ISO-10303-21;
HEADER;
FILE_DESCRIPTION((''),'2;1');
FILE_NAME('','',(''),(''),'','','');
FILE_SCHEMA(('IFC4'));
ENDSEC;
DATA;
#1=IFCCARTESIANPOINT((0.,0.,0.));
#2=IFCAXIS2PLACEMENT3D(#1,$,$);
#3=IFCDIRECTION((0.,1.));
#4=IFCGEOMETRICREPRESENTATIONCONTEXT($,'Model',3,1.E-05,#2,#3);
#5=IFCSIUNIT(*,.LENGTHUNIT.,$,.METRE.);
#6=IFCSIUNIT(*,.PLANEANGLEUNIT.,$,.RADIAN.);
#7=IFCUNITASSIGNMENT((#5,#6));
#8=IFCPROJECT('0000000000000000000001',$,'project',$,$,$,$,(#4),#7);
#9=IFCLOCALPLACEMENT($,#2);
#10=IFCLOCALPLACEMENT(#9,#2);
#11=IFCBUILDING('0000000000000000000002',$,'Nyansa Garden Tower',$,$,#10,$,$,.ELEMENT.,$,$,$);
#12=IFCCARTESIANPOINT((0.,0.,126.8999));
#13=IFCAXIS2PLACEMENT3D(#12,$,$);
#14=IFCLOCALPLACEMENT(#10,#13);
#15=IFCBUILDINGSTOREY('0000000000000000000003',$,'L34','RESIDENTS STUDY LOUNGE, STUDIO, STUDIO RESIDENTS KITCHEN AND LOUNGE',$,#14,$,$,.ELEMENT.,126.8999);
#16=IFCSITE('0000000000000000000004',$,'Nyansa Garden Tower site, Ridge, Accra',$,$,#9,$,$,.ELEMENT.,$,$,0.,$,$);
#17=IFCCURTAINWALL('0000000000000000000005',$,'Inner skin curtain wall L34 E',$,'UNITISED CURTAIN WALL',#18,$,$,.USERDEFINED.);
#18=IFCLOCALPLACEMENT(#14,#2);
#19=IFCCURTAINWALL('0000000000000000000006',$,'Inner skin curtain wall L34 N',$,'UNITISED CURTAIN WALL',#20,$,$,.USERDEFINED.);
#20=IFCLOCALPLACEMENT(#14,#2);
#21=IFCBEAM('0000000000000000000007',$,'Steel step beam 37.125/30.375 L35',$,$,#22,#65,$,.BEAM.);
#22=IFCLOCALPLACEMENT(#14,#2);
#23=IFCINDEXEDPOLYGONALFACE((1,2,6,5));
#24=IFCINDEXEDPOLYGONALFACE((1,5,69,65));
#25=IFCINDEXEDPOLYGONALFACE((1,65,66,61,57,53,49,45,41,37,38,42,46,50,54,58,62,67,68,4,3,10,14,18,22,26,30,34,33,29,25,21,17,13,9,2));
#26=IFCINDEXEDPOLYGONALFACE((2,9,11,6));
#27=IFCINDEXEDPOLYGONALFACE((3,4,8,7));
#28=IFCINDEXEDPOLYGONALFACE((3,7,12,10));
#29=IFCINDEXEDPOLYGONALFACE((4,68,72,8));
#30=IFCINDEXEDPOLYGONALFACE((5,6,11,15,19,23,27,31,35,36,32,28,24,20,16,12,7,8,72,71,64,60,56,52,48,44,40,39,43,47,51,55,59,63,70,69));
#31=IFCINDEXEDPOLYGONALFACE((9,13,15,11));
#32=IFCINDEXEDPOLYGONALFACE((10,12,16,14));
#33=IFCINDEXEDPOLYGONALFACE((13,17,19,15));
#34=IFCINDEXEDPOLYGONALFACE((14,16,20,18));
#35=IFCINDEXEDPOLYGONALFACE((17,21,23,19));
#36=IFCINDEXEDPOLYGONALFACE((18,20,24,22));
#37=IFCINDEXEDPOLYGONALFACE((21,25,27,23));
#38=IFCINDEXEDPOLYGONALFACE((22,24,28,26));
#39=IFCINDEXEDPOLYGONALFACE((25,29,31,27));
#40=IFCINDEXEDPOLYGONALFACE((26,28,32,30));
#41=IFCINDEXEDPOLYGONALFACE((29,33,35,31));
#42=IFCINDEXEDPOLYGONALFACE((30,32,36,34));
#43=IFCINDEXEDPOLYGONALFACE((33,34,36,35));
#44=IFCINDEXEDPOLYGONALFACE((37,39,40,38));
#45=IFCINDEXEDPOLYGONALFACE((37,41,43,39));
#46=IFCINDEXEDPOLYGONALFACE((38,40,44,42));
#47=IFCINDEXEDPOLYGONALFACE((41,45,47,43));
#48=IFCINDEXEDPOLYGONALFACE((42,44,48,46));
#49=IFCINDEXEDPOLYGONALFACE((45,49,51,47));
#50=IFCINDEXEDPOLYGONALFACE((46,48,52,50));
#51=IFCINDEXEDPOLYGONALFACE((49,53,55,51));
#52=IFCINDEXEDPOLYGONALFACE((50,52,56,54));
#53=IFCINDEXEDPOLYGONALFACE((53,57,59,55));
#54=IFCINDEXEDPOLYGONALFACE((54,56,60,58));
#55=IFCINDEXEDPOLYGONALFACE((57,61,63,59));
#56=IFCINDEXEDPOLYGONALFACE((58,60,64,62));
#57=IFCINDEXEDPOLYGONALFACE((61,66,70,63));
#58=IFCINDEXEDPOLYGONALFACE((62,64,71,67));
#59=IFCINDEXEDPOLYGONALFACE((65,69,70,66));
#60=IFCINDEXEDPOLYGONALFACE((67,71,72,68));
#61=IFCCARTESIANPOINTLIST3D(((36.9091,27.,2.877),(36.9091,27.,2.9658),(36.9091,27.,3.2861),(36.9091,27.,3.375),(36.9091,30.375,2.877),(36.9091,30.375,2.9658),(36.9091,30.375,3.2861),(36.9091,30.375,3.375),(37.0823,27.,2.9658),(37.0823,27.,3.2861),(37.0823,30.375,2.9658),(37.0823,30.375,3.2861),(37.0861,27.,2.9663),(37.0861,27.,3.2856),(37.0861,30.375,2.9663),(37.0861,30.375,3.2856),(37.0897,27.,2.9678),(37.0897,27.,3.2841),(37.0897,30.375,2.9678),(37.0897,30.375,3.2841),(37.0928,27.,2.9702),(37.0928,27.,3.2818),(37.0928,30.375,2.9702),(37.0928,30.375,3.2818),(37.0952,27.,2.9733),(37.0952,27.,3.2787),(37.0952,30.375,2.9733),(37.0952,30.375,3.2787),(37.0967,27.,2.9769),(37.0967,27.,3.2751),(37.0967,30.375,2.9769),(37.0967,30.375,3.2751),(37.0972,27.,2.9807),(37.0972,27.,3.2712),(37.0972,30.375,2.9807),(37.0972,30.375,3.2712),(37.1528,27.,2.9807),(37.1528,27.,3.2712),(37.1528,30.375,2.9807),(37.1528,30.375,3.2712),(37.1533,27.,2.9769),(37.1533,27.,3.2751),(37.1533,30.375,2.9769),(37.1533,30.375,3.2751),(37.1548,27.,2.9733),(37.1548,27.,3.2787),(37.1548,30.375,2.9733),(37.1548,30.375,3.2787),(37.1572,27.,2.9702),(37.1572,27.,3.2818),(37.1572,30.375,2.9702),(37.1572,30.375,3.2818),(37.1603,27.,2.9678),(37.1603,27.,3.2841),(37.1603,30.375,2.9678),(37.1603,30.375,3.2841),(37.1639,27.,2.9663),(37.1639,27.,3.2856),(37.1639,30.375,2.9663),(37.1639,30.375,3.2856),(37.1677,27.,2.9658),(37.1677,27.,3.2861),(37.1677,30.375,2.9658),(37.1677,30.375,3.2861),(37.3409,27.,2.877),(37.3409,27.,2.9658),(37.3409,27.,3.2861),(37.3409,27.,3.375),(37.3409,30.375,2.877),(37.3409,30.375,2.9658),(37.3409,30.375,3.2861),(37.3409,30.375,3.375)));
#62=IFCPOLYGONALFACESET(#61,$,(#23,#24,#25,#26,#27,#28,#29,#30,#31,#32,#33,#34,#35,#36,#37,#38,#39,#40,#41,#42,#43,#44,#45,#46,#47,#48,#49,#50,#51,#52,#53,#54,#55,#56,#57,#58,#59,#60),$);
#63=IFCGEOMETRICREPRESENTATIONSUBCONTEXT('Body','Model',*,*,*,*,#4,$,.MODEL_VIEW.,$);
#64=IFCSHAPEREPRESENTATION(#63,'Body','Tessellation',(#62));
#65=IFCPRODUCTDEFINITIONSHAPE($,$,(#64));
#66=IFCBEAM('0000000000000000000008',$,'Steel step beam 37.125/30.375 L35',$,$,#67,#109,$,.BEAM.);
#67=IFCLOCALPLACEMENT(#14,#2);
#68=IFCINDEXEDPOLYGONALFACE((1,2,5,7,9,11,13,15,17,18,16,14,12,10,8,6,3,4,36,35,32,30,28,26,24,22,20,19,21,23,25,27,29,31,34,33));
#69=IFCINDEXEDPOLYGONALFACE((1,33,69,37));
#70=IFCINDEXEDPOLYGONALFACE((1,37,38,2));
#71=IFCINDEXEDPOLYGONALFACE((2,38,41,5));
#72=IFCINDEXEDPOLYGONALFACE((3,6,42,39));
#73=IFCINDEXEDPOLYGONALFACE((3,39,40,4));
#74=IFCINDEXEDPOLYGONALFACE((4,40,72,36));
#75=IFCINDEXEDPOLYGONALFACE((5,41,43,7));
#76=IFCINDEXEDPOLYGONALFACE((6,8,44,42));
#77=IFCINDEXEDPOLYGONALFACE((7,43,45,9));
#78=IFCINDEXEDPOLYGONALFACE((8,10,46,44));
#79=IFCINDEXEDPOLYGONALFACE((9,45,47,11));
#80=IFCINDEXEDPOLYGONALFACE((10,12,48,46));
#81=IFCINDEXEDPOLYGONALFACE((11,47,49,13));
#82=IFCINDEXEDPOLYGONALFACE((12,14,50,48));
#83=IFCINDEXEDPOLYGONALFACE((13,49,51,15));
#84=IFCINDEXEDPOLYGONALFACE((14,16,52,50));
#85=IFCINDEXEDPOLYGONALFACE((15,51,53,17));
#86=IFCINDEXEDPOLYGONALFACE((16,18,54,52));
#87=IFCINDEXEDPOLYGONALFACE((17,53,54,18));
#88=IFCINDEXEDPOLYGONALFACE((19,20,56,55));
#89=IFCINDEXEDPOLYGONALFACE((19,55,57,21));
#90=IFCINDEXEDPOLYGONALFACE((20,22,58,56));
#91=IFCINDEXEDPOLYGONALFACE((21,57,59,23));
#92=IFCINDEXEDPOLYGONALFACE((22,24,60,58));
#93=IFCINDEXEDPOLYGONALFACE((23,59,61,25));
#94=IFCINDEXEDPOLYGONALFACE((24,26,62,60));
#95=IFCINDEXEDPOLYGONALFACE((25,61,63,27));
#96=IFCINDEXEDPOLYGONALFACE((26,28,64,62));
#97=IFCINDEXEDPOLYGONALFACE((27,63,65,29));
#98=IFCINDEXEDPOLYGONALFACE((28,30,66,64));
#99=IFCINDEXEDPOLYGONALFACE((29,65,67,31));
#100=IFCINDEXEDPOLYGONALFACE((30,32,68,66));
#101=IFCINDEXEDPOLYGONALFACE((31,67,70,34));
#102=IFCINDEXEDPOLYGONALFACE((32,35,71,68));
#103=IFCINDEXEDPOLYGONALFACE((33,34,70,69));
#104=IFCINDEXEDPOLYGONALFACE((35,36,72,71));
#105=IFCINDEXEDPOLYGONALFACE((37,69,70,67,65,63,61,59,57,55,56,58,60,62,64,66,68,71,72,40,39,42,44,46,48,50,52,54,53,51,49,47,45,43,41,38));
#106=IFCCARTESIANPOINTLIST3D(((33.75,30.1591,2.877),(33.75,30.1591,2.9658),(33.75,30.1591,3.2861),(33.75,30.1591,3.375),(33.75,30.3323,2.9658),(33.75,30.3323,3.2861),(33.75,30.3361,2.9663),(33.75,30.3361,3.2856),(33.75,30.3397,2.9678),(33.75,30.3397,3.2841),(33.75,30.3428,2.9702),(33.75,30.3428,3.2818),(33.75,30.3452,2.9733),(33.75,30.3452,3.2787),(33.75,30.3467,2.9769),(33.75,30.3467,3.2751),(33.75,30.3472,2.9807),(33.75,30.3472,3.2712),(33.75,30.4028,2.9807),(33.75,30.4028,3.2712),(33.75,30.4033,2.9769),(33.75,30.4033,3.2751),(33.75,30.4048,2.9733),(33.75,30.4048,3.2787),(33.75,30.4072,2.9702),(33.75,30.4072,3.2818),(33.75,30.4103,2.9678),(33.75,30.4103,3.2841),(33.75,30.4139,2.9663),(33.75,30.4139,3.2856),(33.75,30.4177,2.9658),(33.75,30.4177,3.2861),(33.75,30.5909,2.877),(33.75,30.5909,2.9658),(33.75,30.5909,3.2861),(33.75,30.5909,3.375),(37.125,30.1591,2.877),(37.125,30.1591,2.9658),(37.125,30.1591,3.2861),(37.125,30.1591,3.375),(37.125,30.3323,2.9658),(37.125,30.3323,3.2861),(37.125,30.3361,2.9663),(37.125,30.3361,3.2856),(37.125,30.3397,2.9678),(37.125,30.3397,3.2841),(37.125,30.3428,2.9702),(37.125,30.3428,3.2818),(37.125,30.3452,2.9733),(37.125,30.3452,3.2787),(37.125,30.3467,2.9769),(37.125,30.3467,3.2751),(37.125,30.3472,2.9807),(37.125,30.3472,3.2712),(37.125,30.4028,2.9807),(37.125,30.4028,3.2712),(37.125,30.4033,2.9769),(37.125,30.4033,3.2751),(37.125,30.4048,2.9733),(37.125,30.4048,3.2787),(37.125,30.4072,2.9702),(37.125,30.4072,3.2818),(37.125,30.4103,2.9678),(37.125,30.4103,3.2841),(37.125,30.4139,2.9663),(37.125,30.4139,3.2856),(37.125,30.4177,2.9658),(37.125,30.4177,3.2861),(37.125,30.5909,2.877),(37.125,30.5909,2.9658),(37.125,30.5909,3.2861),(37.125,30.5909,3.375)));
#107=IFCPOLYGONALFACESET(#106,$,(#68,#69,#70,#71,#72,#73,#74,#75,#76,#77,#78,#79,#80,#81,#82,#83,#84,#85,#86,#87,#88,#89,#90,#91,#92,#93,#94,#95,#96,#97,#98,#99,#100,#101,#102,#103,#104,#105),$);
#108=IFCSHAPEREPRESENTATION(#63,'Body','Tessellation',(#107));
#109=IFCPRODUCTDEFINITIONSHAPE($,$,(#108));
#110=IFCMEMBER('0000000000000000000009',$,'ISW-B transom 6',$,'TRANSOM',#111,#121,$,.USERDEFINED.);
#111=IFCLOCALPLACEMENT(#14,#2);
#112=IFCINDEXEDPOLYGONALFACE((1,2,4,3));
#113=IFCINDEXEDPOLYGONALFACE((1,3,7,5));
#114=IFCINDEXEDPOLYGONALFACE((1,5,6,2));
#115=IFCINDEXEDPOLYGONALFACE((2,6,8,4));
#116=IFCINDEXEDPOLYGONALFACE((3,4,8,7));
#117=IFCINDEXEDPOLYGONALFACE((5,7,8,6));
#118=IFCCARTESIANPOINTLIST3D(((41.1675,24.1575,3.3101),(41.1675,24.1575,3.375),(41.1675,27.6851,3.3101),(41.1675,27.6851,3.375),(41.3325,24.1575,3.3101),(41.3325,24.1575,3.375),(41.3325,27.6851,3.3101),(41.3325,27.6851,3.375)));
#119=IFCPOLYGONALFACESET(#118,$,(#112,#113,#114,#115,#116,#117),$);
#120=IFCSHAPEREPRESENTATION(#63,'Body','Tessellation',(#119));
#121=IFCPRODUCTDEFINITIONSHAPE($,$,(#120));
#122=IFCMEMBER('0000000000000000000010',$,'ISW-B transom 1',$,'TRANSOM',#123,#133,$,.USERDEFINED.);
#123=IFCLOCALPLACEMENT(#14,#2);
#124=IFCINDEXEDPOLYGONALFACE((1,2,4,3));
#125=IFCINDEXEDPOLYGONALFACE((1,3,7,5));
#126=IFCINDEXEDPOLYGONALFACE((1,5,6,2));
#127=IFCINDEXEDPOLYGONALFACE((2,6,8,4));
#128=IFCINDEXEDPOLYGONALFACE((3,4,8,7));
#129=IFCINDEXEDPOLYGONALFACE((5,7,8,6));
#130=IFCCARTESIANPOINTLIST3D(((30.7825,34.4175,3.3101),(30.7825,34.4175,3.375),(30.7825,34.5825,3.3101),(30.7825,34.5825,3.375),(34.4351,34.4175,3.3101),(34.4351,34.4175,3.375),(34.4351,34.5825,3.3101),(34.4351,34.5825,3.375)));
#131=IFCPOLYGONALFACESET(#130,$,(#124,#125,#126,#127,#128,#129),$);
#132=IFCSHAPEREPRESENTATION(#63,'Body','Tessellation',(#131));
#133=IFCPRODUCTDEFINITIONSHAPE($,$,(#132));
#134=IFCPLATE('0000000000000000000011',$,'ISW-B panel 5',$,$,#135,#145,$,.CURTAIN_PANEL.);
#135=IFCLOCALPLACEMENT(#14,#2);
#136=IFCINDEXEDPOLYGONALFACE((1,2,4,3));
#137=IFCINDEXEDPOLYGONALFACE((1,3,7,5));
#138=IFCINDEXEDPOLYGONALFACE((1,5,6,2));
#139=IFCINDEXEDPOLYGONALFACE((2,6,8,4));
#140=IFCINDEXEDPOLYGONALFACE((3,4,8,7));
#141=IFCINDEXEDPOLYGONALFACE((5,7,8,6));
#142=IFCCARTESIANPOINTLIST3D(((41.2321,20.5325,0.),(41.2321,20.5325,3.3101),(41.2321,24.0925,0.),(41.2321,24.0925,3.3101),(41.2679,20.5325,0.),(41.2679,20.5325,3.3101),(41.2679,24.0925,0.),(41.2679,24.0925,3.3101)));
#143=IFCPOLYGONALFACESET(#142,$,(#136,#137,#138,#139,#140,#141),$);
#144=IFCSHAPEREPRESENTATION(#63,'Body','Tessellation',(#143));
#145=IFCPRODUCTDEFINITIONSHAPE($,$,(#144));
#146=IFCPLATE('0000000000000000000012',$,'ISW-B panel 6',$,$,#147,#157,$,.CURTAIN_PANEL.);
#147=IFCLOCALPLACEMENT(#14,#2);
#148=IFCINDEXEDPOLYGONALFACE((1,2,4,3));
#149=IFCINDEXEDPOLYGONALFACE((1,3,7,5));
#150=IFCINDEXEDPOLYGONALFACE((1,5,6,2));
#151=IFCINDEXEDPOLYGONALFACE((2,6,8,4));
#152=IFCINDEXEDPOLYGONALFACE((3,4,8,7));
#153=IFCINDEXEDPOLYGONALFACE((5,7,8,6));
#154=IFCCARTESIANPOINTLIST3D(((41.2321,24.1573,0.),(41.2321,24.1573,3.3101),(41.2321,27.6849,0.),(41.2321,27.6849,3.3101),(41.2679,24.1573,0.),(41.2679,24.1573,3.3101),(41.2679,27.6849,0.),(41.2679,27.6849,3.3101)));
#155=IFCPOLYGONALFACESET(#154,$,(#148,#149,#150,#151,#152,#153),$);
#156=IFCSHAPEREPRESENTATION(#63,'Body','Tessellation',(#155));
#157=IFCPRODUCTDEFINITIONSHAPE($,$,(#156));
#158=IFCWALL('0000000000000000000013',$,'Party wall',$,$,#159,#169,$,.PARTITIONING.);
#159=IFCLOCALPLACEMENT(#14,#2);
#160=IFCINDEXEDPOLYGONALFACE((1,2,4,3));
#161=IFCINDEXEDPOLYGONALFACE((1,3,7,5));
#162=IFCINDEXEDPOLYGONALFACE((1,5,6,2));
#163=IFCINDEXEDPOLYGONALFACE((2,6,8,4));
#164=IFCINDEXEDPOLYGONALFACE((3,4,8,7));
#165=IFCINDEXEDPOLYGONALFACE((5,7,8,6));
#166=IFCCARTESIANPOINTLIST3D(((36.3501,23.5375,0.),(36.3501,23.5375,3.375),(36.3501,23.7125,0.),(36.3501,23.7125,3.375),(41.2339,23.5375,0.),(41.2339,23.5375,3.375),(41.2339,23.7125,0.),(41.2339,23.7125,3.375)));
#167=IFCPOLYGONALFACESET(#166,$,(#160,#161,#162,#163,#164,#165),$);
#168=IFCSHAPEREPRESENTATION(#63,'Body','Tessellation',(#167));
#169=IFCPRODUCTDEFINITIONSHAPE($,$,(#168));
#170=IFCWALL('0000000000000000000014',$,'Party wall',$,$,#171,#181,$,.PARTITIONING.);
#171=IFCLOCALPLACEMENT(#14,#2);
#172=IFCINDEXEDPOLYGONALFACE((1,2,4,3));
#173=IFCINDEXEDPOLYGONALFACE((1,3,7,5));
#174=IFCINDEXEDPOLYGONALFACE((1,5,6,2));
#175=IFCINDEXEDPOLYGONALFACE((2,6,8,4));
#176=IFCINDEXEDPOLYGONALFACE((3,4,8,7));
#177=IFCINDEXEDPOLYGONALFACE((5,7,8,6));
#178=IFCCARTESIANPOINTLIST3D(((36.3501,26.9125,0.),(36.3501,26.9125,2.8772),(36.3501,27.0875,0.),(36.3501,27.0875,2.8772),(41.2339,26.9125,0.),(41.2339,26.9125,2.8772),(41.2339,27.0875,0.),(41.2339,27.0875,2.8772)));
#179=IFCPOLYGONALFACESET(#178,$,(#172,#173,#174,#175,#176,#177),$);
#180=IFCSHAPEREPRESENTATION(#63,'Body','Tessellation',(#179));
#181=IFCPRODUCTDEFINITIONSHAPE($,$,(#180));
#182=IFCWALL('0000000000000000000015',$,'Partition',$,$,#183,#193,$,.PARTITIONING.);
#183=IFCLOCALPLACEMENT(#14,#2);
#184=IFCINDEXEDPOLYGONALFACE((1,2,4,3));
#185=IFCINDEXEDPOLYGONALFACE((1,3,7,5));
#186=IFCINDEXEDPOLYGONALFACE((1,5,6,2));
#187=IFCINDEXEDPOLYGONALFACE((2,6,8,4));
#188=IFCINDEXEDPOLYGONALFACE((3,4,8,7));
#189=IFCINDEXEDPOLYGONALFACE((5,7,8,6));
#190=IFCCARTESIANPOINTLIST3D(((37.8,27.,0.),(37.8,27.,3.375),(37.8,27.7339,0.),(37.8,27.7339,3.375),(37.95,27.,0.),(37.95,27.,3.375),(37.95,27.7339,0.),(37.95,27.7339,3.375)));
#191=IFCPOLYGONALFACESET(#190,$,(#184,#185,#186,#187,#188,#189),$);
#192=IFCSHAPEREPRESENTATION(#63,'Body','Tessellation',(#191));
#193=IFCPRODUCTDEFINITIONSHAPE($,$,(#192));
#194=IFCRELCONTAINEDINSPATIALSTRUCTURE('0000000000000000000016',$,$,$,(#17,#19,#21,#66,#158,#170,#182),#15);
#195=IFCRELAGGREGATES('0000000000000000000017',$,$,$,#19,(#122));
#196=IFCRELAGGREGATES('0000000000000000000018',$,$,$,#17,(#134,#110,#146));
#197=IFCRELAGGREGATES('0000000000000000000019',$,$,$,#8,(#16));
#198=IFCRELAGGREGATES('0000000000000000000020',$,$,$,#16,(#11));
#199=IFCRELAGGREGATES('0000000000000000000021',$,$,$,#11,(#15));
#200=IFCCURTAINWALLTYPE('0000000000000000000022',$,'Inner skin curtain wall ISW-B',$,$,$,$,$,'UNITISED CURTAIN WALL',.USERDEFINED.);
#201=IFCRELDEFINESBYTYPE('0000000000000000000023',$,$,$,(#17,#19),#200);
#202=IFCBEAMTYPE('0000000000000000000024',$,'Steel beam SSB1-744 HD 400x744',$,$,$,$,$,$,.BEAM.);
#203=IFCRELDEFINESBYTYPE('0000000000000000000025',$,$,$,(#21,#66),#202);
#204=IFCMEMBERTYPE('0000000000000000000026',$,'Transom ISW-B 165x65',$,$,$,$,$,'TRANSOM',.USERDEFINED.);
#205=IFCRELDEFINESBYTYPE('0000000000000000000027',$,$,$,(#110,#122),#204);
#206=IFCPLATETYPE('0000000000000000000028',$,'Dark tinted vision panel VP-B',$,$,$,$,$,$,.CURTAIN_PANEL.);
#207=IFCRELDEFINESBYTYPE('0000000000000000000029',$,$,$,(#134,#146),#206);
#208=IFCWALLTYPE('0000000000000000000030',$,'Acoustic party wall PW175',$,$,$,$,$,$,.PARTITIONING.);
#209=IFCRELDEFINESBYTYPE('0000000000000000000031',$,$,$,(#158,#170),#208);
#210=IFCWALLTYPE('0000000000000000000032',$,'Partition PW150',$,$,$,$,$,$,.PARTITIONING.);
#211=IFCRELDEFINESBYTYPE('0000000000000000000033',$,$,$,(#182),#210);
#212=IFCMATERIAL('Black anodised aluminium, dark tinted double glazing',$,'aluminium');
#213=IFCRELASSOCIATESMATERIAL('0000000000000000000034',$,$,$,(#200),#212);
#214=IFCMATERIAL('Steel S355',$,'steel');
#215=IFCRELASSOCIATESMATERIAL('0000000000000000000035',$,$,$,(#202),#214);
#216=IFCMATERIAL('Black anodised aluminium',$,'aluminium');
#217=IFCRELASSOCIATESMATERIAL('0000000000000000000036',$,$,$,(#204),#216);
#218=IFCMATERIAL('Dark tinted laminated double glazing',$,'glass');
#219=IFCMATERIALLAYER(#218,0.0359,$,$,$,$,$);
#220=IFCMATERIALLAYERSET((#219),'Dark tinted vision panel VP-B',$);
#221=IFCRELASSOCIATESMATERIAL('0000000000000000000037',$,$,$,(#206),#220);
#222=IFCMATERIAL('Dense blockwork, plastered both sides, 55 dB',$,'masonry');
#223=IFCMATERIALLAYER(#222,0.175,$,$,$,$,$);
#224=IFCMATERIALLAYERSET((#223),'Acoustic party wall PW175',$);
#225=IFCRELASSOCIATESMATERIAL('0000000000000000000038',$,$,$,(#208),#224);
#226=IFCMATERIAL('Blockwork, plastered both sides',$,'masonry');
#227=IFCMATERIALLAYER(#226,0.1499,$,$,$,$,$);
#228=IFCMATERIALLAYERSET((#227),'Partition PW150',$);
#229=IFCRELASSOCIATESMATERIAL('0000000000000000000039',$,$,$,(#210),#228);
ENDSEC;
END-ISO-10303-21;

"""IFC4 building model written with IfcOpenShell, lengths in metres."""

from ifc_helpers import new_model, si_unit, direction, frame, frame_2d, origin, origin_2d, place, context, subcontext, project, spatial, rectangle, i_section, extrude, material, layer, layer_set, material_profile, profile_set, type_object, element, aggregate, save


model = new_model("IFC4")

# Units and contexts
model_context = context("Model", 3, precision=1e-05, world=origin(), true_north=direction((0.0, 1.0)))
body_context = subcontext(model_context, "Body", "Model", "MODEL_VIEW")
ifc_project = project(units=[si_unit("LENGTHUNIT", "METRE"), si_unit("PLANEANGLEUNIT", "RADIAN")], contexts=[model_context])

# Site, building, storey
site_placement = place(None, origin())
site = spatial("IfcSite", under=ifc_project, at=site_placement, Name="Nyansa Garden Tower site, Ridge, Accra", CompositionType="ELEMENT", RefElevation=0.0)
building_placement = place(site_placement, origin())
building = spatial("IfcBuilding", under=site, at=building_placement, Name="Nyansa Garden Tower", CompositionType="ELEMENT")
storey_placement = place(building_placement, frame((0.0, 0.0, 126.8999)))
storey = spatial("IfcBuildingStorey", under=building, at=storey_placement, Name="L34", Description="RESIDENTS STUDY LOUNGE, STUDIO, STUDIO RESIDENTS KITCHEN AND LOUNGE", CompositionType="ELEMENT", Elevation=126.8999)

# Curtain wall
ifc_material_1 = material(Name="Black anodised aluminium, dark tinted double glazing", Category="aluminium")
curtain_wall_type = type_object("IfcCurtainWallType", Name="Inner skin curtain wall ISW-B", ElementType="UNITISED CURTAIN WALL", PredefinedType="USERDEFINED", material=ifc_material_1)
curtain_wall_1_placement = place(storey_placement, origin())
curtain_wall_1 = element("IfcCurtainWall", 1, at=curtain_wall_1_placement, inside=storey, type_object=curtain_wall_type, Name="Inner skin curtain wall L34 E", ObjectType="UNITISED CURTAIN WALL", PredefinedType="USERDEFINED")

# Curtain wall
curtain_wall_2_placement = place(storey_placement, origin())
curtain_wall_2 = element("IfcCurtainWall", 2, at=curtain_wall_2_placement, inside=storey, type_object=curtain_wall_type, Name="Inner skin curtain wall L34 N", ObjectType="UNITISED CURTAIN WALL", PredefinedType="USERDEFINED")

# Beams
ifc_material_2 = material(Name="Steel S355", Category="steel")
ifc_material_profile_1 = material_profile(ifc_material_2, i_section(OverallWidth=0.4319, OverallDepth=0.498, WebThickness=0.0557, FlangeThickness=0.0889, FilletRadius=0.0149, at=origin_2d()), Name="HD 400x744")
ifc_profile_set_1 = profile_set([ifc_material_profile_1], Name="Steel S355")
beam_type_1 = type_object("IfcBeamType", Name="Steel beam SSB1-744 HD 400x744", PredefinedType="BEAM", material=ifc_profile_set_1)
for number, where, z_axis, x_axis, name in (
    (3, (37.125, 30.375, 3.126), (0.0, -1.0, 0.0), (1.0, 0.0, 0.0), "Steel step beam 37.125/30.375 L35"),
    (4, (37.125, 30.375, 3.126), (-1.0, 0.0, 0.0), (0.0, -1.0, 0.0), "Steel step beam 37.125/30.375 L35"),
):
    element("IfcBeam", number, at=place(storey_placement, frame(where, z_axis=z_axis, x_axis=x_axis)), inside=storey, type_object=beam_type_1, Name=name, PredefinedType="BEAM", context=body_context, shape_type="SweptSolid", body=[
        extrude(i_section(OverallWidth=0.4319, OverallDepth=0.498, WebThickness=0.0557, FlangeThickness=0.0889, FilletRadius=0.0149, at=origin_2d()), origin(), (0.0, 0.0, 1.0), 3.375),
    ])

# Members
ifc_material_3 = material(Name="Black anodised aluminium", Category="aluminium")
ifc_material_profile_2 = material_profile(ifc_material_3, rectangle(XDim=0.165, YDim=0.0649, at=origin_2d()), Name="Transom 165x65")
ifc_profile_set_2 = profile_set([ifc_material_profile_2], Name="Black anodised aluminium")
member_type_1 = type_object("IfcMemberType", Name="Transom ISW-B 165x65", ElementType="TRANSOM", PredefinedType="USERDEFINED", material=ifc_profile_set_2)
member_1_placement = place(storey_placement, frame((41.25, 24.1575, 3.3425), z_axis=(0.0, 1.0, 0.0), x_axis=(-1.0, 0.0, 0.0)))
member_1 = element("IfcMember", 5, at=member_1_placement, type_object=member_type_1, Name="ISW-B transom 6", ObjectType="TRANSOM", PredefinedType="USERDEFINED", context=body_context, shape_type="SweptSolid", body=[
    extrude(rectangle(XDim=0.165, YDim=0.0649, at=origin_2d()), origin(), (0.0, 0.0, 1.0), 3.5276),
])
member_2_placement = place(storey_placement, frame((34.4351, 34.5, 3.3425), z_axis=(-1.0, 0.0, 0.0), x_axis=(0.0, -1.0, 0.0)))
member_2 = element("IfcMember", 6, at=member_2_placement, type_object=member_type_1, Name="ISW-B transom 1", ObjectType="TRANSOM", PredefinedType="USERDEFINED", context=body_context, shape_type="SweptSolid", body=[
    extrude(rectangle(XDim=0.165, YDim=0.0649, at=origin_2d()), origin(), (0.0, 0.0, 1.0), 3.6526),
])
aggregate(curtain_wall_2, [member_2])

# Plates
ifc_material_4 = material(Name="Dark tinted laminated double glazing", Category="glass")
ifc_layer_1 = layer(ifc_material_4, 0.0359)
ifc_layer_set_1 = layer_set([ifc_layer_1], Name="Dark tinted vision panel VP-B")
plate_type = type_object("IfcPlateType", Name="Dark tinted vision panel VP-B", PredefinedType="CURTAIN_PANEL", material=ifc_layer_set_1)
plate_1_placement = place(storey_placement, frame((41.25, 22.3125, 0.0), z_axis=(0.0, 0.0, 1.0), x_axis=(0.0, 1.0, 0.0)))
plate_1 = element("IfcPlate", 7, at=plate_1_placement, type_object=plate_type, Name="ISW-B panel 5", PredefinedType="CURTAIN_PANEL", context=body_context, shape_type="SweptSolid", body=[
    extrude(rectangle(XDim=3.5601, YDim=0.0359, at=origin_2d()), origin(), (0.0, 0.0, 1.0), 3.3101),
])
plate_2_placement = place(storey_placement, frame((41.25, 25.9211, 0.0), z_axis=(0.0, 0.0, 1.0), x_axis=(0.0, 1.0, 0.0)))
plate_2 = element("IfcPlate", 8, at=plate_2_placement, type_object=plate_type, Name="ISW-B panel 6", PredefinedType="CURTAIN_PANEL", context=body_context, shape_type="SweptSolid", body=[
    extrude(rectangle(XDim=3.5276, YDim=0.0359, at=origin_2d()), origin(), (0.0, 0.0, 1.0), 3.3101),
])
aggregate(curtain_wall_1, [plate_1, member_1, plate_2])

# Walls
ifc_material_5 = material(Name="Dense blockwork, plastered both sides, 55 dB", Category="masonry")
ifc_layer_2 = layer(ifc_material_5, 0.175)
ifc_layer_set_2 = layer_set([ifc_layer_2], Name="Acoustic party wall PW175")
wall_type_1 = type_object("IfcWallType", Name="Acoustic party wall PW175", PredefinedType="PARTITIONING", material=ifc_layer_set_2)
wall_1_placement = place(storey_placement, frame((36.3501, 23.625, 0.0), z_axis=(0.0, 0.0, 1.0), x_axis=(1.0, 0.0, 0.0)))
element("IfcWall", 9, at=wall_1_placement, inside=storey, type_object=wall_type_1, Name="Party wall", PredefinedType="PARTITIONING", context=body_context, shape_type="SweptSolid", body=[
    extrude(rectangle(XDim=4.8838, YDim=0.175, at=frame_2d((2.4419, 0.0))), origin(), (0.0, 0.0, 1.0), 3.375),
])
wall_2_placement = place(storey_placement, frame((36.3501, 27.0, 0.0), z_axis=(0.0, 0.0, 1.0), x_axis=(1.0, 0.0, 0.0)))
element("IfcWall", 10, at=wall_2_placement, inside=storey, type_object=wall_type_1, Name="Party wall", PredefinedType="PARTITIONING", context=body_context, shape_type="SweptSolid", body=[
    extrude(rectangle(XDim=4.8838, YDim=0.175, at=frame_2d((2.4419, 0.0))), origin(), (0.0, 0.0, 1.0), 2.8772),
])
ifc_material_6 = material(Name="Blockwork, plastered both sides", Category="masonry")
ifc_layer_3 = layer(ifc_material_6, 0.1499)
ifc_layer_set_3 = layer_set([ifc_layer_3], Name="Partition PW150")
wall_type_2 = type_object("IfcWallType", Name="Partition PW150", PredefinedType="PARTITIONING", material=ifc_layer_set_3)
wall_3_placement = place(storey_placement, frame((37.875, 27.0, 0.0), z_axis=(0.0, 0.0, 1.0), x_axis=(0.0, 1.0, 0.0)))
element("IfcWall", 11, at=wall_3_placement, inside=storey, type_object=wall_type_2, Name="Partition", PredefinedType="PARTITIONING", context=body_context, shape_type="SweptSolid", body=[
    extrude(rectangle(XDim=0.7339, YDim=0.1499, at=frame_2d((0.3669, 0.0))), origin(), (0.0, 0.0, 1.0), 3.375),
])

save(model, "model.ifc")
